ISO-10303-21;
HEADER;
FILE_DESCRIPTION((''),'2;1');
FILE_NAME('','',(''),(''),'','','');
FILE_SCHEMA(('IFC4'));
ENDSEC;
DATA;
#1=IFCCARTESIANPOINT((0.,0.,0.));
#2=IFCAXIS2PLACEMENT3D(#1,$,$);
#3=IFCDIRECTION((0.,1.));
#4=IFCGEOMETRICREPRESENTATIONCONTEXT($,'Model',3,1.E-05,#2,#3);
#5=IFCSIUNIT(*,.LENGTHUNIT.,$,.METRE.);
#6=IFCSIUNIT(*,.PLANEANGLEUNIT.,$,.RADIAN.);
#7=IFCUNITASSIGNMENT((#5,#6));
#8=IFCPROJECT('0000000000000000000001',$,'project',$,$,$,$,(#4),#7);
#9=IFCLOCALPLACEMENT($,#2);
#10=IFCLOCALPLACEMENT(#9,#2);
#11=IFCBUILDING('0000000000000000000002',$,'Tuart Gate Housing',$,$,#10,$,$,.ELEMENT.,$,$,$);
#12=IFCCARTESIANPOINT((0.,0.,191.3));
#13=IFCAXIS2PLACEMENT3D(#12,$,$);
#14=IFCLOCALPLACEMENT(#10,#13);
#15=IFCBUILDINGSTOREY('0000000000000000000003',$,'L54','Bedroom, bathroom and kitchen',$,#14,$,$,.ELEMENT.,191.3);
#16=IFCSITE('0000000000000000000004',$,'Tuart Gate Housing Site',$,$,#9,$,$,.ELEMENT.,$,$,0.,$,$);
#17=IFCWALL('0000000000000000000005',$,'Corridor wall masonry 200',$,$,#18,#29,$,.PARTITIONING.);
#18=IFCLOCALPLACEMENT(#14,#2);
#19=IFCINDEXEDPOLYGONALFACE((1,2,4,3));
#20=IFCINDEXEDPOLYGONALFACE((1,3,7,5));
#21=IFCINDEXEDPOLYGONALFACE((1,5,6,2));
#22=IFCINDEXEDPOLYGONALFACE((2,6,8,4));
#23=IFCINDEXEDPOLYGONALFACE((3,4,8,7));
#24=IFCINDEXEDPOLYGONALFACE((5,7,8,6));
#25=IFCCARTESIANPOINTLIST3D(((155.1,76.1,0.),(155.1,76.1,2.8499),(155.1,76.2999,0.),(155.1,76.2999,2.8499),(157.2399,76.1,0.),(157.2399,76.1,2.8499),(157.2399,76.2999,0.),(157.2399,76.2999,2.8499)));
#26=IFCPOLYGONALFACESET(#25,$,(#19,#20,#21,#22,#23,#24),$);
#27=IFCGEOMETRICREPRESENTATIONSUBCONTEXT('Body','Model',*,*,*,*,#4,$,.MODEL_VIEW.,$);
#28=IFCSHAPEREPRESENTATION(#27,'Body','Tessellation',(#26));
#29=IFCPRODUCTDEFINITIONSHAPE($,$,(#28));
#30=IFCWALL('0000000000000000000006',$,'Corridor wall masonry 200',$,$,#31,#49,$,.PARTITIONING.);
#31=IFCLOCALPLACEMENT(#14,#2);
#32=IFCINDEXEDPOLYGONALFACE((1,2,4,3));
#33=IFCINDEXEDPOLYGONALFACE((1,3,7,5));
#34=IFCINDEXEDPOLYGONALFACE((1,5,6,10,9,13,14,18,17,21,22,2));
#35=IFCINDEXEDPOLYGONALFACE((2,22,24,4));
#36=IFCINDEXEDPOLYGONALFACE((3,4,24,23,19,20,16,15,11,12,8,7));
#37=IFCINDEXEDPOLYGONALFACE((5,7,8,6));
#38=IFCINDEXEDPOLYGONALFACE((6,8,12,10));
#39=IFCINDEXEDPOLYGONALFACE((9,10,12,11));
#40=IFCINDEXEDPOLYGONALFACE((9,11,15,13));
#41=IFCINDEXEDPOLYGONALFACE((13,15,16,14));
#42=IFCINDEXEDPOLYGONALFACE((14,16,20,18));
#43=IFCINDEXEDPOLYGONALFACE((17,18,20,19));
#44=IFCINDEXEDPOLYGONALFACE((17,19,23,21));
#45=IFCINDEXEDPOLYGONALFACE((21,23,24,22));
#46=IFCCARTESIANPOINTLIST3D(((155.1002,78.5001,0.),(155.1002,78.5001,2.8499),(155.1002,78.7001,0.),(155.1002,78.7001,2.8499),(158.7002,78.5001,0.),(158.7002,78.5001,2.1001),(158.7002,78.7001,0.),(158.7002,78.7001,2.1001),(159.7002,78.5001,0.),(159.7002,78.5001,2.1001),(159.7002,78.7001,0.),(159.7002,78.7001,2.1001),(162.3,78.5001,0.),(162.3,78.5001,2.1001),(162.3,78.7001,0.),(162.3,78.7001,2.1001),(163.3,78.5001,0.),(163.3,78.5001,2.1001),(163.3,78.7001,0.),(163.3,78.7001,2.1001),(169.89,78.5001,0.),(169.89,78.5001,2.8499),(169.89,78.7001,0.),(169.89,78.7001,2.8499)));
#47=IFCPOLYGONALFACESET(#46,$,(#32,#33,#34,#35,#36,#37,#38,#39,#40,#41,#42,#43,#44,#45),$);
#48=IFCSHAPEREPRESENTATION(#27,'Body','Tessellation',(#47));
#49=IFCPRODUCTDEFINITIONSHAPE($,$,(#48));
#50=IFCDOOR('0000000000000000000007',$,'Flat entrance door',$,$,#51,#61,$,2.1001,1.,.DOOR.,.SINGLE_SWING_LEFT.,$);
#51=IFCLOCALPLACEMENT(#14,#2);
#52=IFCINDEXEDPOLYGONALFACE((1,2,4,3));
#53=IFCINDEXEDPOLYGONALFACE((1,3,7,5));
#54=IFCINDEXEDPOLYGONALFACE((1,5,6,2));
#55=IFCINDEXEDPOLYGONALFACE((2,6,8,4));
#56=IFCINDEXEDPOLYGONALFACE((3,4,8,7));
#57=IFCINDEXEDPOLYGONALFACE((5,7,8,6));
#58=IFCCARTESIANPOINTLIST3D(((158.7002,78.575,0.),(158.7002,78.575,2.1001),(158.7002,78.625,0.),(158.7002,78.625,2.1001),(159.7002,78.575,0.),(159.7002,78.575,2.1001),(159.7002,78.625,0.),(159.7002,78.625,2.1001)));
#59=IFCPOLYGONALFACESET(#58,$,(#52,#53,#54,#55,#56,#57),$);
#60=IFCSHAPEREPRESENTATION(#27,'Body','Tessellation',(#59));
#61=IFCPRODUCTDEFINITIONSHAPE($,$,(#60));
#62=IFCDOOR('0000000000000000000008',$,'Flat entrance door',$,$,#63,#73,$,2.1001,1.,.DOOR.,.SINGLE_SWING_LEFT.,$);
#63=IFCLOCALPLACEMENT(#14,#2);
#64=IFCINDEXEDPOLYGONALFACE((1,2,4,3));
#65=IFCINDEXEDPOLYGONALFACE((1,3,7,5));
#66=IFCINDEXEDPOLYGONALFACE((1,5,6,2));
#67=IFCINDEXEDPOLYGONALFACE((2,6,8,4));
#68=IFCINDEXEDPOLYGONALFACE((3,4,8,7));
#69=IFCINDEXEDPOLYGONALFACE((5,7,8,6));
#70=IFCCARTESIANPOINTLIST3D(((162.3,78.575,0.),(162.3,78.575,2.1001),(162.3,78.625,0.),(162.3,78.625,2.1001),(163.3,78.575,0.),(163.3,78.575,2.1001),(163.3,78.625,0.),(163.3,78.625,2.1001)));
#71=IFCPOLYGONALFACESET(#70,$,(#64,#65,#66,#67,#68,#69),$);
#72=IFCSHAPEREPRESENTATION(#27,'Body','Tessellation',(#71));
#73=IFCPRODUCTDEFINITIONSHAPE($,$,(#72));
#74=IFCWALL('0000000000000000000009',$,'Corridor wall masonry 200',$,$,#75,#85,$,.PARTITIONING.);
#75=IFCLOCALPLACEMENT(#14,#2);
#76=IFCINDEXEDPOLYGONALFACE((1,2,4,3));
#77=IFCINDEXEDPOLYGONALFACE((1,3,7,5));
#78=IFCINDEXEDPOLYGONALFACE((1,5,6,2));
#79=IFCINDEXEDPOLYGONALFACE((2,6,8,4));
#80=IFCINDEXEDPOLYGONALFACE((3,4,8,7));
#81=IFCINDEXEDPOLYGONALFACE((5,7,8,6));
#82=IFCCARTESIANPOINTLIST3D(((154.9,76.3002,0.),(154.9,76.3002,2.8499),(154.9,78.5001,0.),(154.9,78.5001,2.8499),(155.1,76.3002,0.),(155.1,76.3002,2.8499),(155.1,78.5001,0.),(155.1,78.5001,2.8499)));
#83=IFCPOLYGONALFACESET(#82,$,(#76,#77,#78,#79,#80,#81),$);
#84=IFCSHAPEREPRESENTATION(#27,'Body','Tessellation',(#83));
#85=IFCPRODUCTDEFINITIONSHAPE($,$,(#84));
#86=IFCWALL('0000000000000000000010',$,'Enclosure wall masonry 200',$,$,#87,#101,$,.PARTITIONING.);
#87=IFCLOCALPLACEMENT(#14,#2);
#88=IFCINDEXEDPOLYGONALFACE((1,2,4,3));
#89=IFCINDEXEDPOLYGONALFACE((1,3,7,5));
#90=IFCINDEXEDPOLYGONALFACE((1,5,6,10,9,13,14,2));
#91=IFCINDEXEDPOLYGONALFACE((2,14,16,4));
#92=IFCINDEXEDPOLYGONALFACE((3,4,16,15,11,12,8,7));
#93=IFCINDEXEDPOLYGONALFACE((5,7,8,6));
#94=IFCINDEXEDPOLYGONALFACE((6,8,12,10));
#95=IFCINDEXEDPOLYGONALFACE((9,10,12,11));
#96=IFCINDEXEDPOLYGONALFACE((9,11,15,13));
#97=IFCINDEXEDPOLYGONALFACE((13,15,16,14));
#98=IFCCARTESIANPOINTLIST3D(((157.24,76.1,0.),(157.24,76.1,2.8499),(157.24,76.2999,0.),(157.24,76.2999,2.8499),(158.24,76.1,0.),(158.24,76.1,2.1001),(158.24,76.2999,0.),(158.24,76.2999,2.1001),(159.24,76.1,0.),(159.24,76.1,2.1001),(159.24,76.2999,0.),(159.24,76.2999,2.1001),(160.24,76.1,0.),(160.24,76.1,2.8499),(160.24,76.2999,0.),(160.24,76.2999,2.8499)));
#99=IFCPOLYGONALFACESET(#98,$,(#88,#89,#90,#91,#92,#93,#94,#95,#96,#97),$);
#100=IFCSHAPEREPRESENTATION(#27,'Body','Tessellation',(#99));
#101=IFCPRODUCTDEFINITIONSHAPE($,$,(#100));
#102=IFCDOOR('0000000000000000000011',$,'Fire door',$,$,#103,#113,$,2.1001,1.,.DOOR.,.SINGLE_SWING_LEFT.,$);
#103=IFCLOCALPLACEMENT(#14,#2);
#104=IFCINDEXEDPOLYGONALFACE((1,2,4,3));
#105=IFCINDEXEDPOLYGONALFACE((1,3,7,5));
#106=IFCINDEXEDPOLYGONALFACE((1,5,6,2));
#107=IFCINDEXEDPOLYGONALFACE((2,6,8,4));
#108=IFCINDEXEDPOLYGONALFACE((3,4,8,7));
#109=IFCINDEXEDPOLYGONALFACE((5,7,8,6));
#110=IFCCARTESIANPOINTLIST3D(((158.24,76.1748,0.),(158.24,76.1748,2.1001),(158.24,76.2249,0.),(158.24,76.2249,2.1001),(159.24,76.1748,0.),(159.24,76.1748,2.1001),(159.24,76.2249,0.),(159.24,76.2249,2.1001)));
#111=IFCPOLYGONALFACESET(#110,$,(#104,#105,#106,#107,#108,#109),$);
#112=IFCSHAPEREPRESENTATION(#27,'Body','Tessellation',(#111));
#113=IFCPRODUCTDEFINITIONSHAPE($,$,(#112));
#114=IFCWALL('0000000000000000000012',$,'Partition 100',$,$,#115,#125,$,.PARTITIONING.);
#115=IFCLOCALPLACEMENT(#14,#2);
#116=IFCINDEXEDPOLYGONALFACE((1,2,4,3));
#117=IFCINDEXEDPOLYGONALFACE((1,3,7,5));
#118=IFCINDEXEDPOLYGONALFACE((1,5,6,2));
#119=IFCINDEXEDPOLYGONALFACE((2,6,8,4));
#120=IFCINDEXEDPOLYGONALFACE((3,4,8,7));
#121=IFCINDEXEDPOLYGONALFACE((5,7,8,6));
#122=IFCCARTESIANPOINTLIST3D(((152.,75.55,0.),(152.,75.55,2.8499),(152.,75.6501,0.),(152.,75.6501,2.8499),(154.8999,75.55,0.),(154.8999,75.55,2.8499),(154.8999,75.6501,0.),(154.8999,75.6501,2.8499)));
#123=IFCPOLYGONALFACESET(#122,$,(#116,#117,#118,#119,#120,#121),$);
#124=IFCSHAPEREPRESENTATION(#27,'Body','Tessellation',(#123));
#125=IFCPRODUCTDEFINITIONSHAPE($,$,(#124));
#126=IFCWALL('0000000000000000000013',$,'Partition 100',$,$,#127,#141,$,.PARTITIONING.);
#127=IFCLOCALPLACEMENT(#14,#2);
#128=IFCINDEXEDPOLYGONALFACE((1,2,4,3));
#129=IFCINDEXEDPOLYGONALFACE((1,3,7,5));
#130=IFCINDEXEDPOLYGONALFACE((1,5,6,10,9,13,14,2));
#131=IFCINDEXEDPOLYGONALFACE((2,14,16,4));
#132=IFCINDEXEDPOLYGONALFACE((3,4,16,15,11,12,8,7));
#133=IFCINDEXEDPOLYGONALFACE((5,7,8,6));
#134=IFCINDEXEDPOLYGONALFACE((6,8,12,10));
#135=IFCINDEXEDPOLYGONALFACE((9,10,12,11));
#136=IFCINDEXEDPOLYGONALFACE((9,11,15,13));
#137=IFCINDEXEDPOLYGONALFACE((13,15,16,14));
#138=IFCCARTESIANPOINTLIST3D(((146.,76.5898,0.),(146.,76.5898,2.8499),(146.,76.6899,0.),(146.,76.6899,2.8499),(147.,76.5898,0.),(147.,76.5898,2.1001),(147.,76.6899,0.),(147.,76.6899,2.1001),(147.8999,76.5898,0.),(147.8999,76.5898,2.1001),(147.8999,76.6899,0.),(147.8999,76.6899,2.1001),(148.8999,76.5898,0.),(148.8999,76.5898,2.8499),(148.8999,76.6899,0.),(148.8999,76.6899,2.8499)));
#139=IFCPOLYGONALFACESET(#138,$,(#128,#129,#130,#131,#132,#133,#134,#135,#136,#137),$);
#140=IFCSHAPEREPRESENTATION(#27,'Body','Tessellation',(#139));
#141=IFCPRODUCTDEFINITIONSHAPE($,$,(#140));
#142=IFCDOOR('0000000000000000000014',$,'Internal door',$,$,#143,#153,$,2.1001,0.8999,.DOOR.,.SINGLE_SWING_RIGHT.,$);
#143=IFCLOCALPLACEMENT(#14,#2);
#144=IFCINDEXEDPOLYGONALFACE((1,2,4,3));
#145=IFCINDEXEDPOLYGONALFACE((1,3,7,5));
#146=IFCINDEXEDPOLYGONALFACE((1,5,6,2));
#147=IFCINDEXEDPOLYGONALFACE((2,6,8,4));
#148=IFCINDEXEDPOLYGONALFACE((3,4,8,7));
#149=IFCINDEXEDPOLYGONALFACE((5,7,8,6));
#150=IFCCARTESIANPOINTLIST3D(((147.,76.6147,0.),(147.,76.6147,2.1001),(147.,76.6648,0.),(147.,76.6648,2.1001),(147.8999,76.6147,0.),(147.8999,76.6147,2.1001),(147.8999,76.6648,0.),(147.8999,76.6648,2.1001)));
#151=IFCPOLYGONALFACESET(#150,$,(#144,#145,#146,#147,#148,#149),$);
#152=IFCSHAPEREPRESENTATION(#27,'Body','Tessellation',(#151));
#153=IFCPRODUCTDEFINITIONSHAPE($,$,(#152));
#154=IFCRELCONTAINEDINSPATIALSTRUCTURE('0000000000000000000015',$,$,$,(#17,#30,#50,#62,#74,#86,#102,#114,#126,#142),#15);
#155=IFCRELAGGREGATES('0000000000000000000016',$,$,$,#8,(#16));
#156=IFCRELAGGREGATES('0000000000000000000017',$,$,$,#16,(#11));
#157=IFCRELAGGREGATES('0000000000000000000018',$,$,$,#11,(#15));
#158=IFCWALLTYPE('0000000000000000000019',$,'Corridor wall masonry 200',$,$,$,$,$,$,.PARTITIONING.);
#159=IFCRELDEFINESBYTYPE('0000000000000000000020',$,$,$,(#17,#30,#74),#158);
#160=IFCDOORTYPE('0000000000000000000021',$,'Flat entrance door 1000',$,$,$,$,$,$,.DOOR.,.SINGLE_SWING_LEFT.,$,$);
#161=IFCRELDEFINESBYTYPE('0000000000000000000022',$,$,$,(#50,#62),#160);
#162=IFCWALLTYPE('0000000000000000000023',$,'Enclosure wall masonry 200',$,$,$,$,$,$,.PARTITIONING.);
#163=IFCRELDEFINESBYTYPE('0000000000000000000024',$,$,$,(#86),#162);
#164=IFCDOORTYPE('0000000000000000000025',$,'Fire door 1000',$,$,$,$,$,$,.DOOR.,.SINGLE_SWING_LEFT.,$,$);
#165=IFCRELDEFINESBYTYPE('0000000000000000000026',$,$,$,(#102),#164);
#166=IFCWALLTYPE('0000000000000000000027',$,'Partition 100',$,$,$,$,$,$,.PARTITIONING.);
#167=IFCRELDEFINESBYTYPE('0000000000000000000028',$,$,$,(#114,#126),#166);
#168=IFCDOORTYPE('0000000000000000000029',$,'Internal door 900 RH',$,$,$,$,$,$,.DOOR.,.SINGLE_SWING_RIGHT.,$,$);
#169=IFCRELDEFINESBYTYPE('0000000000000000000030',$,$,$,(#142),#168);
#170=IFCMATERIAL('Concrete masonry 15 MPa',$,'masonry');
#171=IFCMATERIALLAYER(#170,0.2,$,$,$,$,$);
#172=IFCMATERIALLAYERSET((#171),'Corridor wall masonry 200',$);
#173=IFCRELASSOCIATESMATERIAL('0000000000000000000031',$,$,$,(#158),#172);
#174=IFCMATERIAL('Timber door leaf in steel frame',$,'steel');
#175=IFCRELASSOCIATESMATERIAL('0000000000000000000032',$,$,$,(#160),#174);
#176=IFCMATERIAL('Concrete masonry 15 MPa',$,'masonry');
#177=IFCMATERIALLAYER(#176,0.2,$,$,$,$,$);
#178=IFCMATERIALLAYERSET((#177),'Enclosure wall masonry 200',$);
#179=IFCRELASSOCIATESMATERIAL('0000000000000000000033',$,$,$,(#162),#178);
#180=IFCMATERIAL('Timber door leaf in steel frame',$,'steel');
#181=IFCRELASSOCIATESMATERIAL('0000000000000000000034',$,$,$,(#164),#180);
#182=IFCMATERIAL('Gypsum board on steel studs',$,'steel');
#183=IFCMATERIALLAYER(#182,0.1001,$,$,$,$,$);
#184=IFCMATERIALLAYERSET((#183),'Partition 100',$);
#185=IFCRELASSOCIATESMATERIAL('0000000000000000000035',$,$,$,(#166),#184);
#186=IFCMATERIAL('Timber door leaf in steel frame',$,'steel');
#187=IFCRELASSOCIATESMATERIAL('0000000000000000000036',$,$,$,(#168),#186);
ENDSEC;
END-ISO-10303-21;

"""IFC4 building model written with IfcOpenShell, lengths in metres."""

from ifc_helpers import new_model, si_unit, direction, frame, frame_2d, origin, place, context, subcontext, project, spatial, rectangle, extrude, material, layer, layer_set, type_object, element, fill, save


model = new_model("IFC4")

# Units and contexts
model_context = context("Model", 3, precision=1e-05, world=origin(), true_north=direction((0.0, 1.0)))
body_context = subcontext(model_context, "Body", "Model", "MODEL_VIEW")
ifc_project = project(units=[si_unit("LENGTHUNIT", "METRE"), si_unit("PLANEANGLEUNIT", "RADIAN")], contexts=[model_context])

# Site, building, storey
site_placement = place(None, origin())
site = spatial("IfcSite", under=ifc_project, at=site_placement, Name="Tuart Gate Housing Site", CompositionType="ELEMENT", RefElevation=0.0)
building_placement = place(site_placement, origin())
building = spatial("IfcBuilding", under=site, at=building_placement, Name="Tuart Gate Housing", CompositionType="ELEMENT")
storey_placement = place(building_placement, frame((0.0, 0.0, 191.3)))
storey = spatial("IfcBuildingStorey", under=building, at=storey_placement, Name="L54", Description="Bedroom, bathroom and kitchen", CompositionType="ELEMENT", Elevation=191.3)

# Wall
ifc_material_1 = material(Name="Concrete masonry 15 MPa", Category="masonry")
ifc_layer_1 = layer(ifc_material_1, 0.2)
ifc_layer_set_1 = layer_set([ifc_layer_1], Name="Corridor wall masonry 200")
wall_type_1 = type_object("IfcWallType", Name="Corridor wall masonry 200", PredefinedType="PARTITIONING", material=ifc_layer_set_1)
wall_1_placement = place(storey_placement, frame((155.1001, 76.2, 0.0), z_axis=(0.0, 0.0, 1.0), x_axis=(1.0, 0.0, 0.0)))
element("IfcWall", 1, at=wall_1_placement, inside=storey, type_object=wall_type_1, Name="Corridor wall masonry 200", PredefinedType="PARTITIONING", context=body_context, shape_type="SweptSolid", body=[
    extrude(rectangle(XDim=2.1399, YDim=0.2, at=frame_2d((1.0698, 0.0))), origin(), (0.0, 0.0, 1.0), 2.8499),
])

# Wall, openings, doors
wall_2_placement = place(storey_placement, frame((155.1001, 78.6001, 0.0), z_axis=(0.0, 0.0, 1.0), x_axis=(1.0, 0.0, 0.0)))
wall_2 = element("IfcWall", 2, at=wall_2_placement, inside=storey, type_object=wall_type_1, Name="Corridor wall masonry 200", PredefinedType="PARTITIONING", context=body_context, shape_type="SweptSolid", body=[
    extrude(rectangle(XDim=14.7898, YDim=0.2, at=frame_2d((7.395, 0.0))), origin(), (0.0, 0.0, 1.0), 2.8499),
])
opening_1_placement = place(wall_2_placement, frame((3.6001, 0.0, 0.0)))
opening_1 = element("IfcOpeningElement", 3, at=opening_1_placement, cuts=wall_2, PredefinedType="OPENING", context=body_context, shape_type="SweptSolid", body=[
    extrude(rectangle(XDim=1.0, YDim=2.1001, at=frame_2d((0.5, 1.05))), frame((0.0, 0.1099, 0.0), z_axis=(0.0, -1.0, 0.0), x_axis=(1.0, 0.0, 0.0)), (0.0, 0.0, 1.0), 0.22),
])
opening_2_placement = place(wall_2_placement, frame((7.2, 0.0, 0.0)))
opening_2 = element("IfcOpeningElement", 4, at=opening_2_placement, cuts=wall_2, PredefinedType="OPENING", context=body_context, shape_type="SweptSolid", body=[
    extrude(rectangle(XDim=1.0, YDim=2.1001, at=frame_2d((0.5, 1.05))), frame((0.0, 0.1099, 0.0), z_axis=(0.0, -1.0, 0.0), x_axis=(1.0, 0.0, 0.0)), (0.0, 0.0, 1.0), 0.22),
])
ifc_material_2 = material(Name="Timber door leaf in steel frame", Category="steel")
door_type_1 = type_object("IfcDoorType", Name="Flat entrance door 1000", OperationType="SINGLE_SWING_LEFT", PredefinedType="DOOR", material=ifc_material_2)
door_1_placement = place(opening_1_placement, origin())
door_1 = element("IfcDoor", 5, at=door_1_placement, inside=storey, type_object=door_type_1, Name="Flat entrance door", OperationType="SINGLE_SWING_LEFT", OverallHeight=2.1001, OverallWidth=1.0, PredefinedType="DOOR", context=body_context, shape_type="SweptSolid", body=[
    extrude(rectangle(XDim=1.0, YDim=2.1001, at=frame_2d((0.5, 1.05))), frame((0.0, 0.0249, 0.0), z_axis=(0.0, -1.0, 0.0), x_axis=(1.0, 0.0, 0.0)), (0.0, 0.0, 1.0), 0.05),
])
fill(opening_1, door_1)
door_2_placement = place(opening_2_placement, origin())
door_2 = element("IfcDoor", 6, at=door_2_placement, inside=storey, type_object=door_type_1, Name="Flat entrance door", OperationType="SINGLE_SWING_LEFT", OverallHeight=2.1001, OverallWidth=1.0, PredefinedType="DOOR", context=body_context, shape_type="SweptSolid", body=[
    extrude(rectangle(XDim=1.0, YDim=2.1001, at=frame_2d((0.5, 1.05))), frame((0.0, 0.0249, 0.0), z_axis=(0.0, -1.0, 0.0), x_axis=(1.0, 0.0, 0.0)), (0.0, 0.0, 1.0), 0.05),
])
fill(opening_2, door_2)

# Wall
wall_3_placement = place(storey_placement, frame((155.0, 76.3, 0.0), z_axis=(0.0, 0.0, 1.0), x_axis=(0.0, 1.0, 0.0)))
element("IfcWall", 7, at=wall_3_placement, inside=storey, type_object=wall_type_1, Name="Corridor wall masonry 200", PredefinedType="PARTITIONING", context=body_context, shape_type="SweptSolid", body=[
    extrude(rectangle(XDim=2.2, YDim=0.2, at=frame_2d((1.1001, 0.0))), origin(), (0.0, 0.0, 1.0), 2.8499),
])

# Wall, opening, door
ifc_material_3 = material(Name="Concrete masonry 15 MPa", Category="masonry")
ifc_layer_2 = layer(ifc_material_3, 0.2)
ifc_layer_set_2 = layer_set([ifc_layer_2], Name="Enclosure wall masonry 200")
wall_type_2 = type_object("IfcWallType", Name="Enclosure wall masonry 200", PredefinedType="PARTITIONING", material=ifc_layer_set_2)
wall_4_placement = place(storey_placement, frame((157.24, 76.2, 0.0), z_axis=(0.0, 0.0, 1.0), x_axis=(1.0, 0.0, 0.0)))
wall_4 = element("IfcWall", 8, at=wall_4_placement, inside=storey, type_object=wall_type_2, Name="Enclosure wall masonry 200", PredefinedType="PARTITIONING", context=body_context, shape_type="SweptSolid", body=[
    extrude(rectangle(XDim=3.0, YDim=0.2, at=frame_2d((1.5, 0.0))), origin(), (0.0, 0.0, 1.0), 2.8499),
])
opening_3_placement = place(wall_4_placement, frame((1.0, 0.0, 0.0)))
opening_3 = element("IfcOpeningElement", 9, at=opening_3_placement, cuts=wall_4, PredefinedType="OPENING", context=body_context, shape_type="SweptSolid", body=[
    extrude(rectangle(XDim=1.0, YDim=2.1001, at=frame_2d((0.5, 1.05))), frame((0.0, 0.1099, 0.0), z_axis=(0.0, -1.0, 0.0), x_axis=(1.0, 0.0, 0.0)), (0.0, 0.0, 1.0), 0.22),
])
ifc_material_4 = material(Name="Timber door leaf in steel frame", Category="steel")
door_type_2 = type_object("IfcDoorType", Name="Fire door 1000", OperationType="SINGLE_SWING_LEFT", PredefinedType="DOOR", material=ifc_material_4)
door_3_placement = place(opening_3_placement, origin())
door_3 = element("IfcDoor", 10, at=door_3_placement, inside=storey, type_object=door_type_2, Name="Fire door", OperationType="SINGLE_SWING_LEFT", OverallHeight=2.1001, OverallWidth=1.0, PredefinedType="DOOR", context=body_context, shape_type="SweptSolid", body=[
    extrude(rectangle(XDim=1.0, YDim=2.1001, at=frame_2d((0.5, 1.05))), frame((0.0, 0.0249, 0.0), z_axis=(0.0, -1.0, 0.0), x_axis=(1.0, 0.0, 0.0)), (0.0, 0.0, 1.0), 0.05),
])
fill(opening_3, door_3)

# Wall
ifc_material_5 = material(Name="Gypsum board on steel studs", Category="steel")
ifc_layer_3 = layer(ifc_material_5, 0.1001)
ifc_layer_set_3 = layer_set([ifc_layer_3], Name="Partition 100")
wall_type_3 = type_object("IfcWallType", Name="Partition 100", PredefinedType="PARTITIONING", material=ifc_layer_set_3)
wall_5_placement = place(storey_placement, frame((152.0, 75.6001, 0.0), z_axis=(0.0, 0.0, 1.0), x_axis=(1.0, 0.0, 0.0)))
element("IfcWall", 11, at=wall_5_placement, inside=storey, type_object=wall_type_3, Name="Partition 100", PredefinedType="PARTITIONING", context=body_context, shape_type="SweptSolid", body=[
    extrude(rectangle(XDim=2.8999, YDim=0.1001, at=frame_2d((1.45, 0.0))), origin(), (0.0, 0.0, 1.0), 2.8499),
])

# Wall, opening, door
wall_6_placement = place(storey_placement, frame((146.0, 76.6399, 0.0), z_axis=(0.0, 0.0, 1.0), x_axis=(1.0, 0.0, 0.0)))
wall_6 = element("IfcWall", 12, at=wall_6_placement, inside=storey, type_object=wall_type_3, Name="Partition 100", PredefinedType="PARTITIONING", context=body_context, shape_type="SweptSolid", body=[
    extrude(rectangle(XDim=2.8999, YDim=0.1001, at=frame_2d((1.45, 0.0))), origin(), (0.0, 0.0, 1.0), 2.8499),
])
opening_4_placement = place(wall_6_placement, frame((1.0, 0.0, 0.0)))
opening_4 = element("IfcOpeningElement", 13, at=opening_4_placement, cuts=wall_6, PredefinedType="OPENING", context=body_context, shape_type="SweptSolid", body=[
    extrude(rectangle(XDim=0.8999, YDim=2.1001, at=frame_2d((0.45, 1.05))), frame((0.0, 0.0601, 0.0), z_axis=(0.0, -1.0, 0.0), x_axis=(1.0, 0.0, 0.0)), (0.0, 0.0, 1.0), 0.1201),
])
ifc_material_6 = material(Name="Timber door leaf in steel frame", Category="steel")
door_type_3 = type_object("IfcDoorType", Name="Internal door 900 RH", OperationType="SINGLE_SWING_RIGHT", PredefinedType="DOOR", material=ifc_material_6)
door_4_placement = place(opening_4_placement, frame((0.8999, 0.0, 0.0), z_axis=(0.0, 0.0, 1.0), x_axis=(-1.0, 0.0, 0.0)))
door_4 = element("IfcDoor", 14, at=door_4_placement, inside=storey, type_object=door_type_3, Name="Internal door", OperationType="SINGLE_SWING_RIGHT", OverallHeight=2.1001, OverallWidth=0.8999, PredefinedType="DOOR", context=body_context, shape_type="SweptSolid", body=[
    extrude(rectangle(XDim=0.8999, YDim=2.1001, at=frame_2d((0.45, 1.05))), frame((0.0, 0.0251, 0.0), z_axis=(0.0, -1.0, 0.0), x_axis=(1.0, 0.0, 0.0)), (0.0, 0.0, 1.0), 0.05),
])
fill(opening_4, door_4)

save(model, "model.ifc")
